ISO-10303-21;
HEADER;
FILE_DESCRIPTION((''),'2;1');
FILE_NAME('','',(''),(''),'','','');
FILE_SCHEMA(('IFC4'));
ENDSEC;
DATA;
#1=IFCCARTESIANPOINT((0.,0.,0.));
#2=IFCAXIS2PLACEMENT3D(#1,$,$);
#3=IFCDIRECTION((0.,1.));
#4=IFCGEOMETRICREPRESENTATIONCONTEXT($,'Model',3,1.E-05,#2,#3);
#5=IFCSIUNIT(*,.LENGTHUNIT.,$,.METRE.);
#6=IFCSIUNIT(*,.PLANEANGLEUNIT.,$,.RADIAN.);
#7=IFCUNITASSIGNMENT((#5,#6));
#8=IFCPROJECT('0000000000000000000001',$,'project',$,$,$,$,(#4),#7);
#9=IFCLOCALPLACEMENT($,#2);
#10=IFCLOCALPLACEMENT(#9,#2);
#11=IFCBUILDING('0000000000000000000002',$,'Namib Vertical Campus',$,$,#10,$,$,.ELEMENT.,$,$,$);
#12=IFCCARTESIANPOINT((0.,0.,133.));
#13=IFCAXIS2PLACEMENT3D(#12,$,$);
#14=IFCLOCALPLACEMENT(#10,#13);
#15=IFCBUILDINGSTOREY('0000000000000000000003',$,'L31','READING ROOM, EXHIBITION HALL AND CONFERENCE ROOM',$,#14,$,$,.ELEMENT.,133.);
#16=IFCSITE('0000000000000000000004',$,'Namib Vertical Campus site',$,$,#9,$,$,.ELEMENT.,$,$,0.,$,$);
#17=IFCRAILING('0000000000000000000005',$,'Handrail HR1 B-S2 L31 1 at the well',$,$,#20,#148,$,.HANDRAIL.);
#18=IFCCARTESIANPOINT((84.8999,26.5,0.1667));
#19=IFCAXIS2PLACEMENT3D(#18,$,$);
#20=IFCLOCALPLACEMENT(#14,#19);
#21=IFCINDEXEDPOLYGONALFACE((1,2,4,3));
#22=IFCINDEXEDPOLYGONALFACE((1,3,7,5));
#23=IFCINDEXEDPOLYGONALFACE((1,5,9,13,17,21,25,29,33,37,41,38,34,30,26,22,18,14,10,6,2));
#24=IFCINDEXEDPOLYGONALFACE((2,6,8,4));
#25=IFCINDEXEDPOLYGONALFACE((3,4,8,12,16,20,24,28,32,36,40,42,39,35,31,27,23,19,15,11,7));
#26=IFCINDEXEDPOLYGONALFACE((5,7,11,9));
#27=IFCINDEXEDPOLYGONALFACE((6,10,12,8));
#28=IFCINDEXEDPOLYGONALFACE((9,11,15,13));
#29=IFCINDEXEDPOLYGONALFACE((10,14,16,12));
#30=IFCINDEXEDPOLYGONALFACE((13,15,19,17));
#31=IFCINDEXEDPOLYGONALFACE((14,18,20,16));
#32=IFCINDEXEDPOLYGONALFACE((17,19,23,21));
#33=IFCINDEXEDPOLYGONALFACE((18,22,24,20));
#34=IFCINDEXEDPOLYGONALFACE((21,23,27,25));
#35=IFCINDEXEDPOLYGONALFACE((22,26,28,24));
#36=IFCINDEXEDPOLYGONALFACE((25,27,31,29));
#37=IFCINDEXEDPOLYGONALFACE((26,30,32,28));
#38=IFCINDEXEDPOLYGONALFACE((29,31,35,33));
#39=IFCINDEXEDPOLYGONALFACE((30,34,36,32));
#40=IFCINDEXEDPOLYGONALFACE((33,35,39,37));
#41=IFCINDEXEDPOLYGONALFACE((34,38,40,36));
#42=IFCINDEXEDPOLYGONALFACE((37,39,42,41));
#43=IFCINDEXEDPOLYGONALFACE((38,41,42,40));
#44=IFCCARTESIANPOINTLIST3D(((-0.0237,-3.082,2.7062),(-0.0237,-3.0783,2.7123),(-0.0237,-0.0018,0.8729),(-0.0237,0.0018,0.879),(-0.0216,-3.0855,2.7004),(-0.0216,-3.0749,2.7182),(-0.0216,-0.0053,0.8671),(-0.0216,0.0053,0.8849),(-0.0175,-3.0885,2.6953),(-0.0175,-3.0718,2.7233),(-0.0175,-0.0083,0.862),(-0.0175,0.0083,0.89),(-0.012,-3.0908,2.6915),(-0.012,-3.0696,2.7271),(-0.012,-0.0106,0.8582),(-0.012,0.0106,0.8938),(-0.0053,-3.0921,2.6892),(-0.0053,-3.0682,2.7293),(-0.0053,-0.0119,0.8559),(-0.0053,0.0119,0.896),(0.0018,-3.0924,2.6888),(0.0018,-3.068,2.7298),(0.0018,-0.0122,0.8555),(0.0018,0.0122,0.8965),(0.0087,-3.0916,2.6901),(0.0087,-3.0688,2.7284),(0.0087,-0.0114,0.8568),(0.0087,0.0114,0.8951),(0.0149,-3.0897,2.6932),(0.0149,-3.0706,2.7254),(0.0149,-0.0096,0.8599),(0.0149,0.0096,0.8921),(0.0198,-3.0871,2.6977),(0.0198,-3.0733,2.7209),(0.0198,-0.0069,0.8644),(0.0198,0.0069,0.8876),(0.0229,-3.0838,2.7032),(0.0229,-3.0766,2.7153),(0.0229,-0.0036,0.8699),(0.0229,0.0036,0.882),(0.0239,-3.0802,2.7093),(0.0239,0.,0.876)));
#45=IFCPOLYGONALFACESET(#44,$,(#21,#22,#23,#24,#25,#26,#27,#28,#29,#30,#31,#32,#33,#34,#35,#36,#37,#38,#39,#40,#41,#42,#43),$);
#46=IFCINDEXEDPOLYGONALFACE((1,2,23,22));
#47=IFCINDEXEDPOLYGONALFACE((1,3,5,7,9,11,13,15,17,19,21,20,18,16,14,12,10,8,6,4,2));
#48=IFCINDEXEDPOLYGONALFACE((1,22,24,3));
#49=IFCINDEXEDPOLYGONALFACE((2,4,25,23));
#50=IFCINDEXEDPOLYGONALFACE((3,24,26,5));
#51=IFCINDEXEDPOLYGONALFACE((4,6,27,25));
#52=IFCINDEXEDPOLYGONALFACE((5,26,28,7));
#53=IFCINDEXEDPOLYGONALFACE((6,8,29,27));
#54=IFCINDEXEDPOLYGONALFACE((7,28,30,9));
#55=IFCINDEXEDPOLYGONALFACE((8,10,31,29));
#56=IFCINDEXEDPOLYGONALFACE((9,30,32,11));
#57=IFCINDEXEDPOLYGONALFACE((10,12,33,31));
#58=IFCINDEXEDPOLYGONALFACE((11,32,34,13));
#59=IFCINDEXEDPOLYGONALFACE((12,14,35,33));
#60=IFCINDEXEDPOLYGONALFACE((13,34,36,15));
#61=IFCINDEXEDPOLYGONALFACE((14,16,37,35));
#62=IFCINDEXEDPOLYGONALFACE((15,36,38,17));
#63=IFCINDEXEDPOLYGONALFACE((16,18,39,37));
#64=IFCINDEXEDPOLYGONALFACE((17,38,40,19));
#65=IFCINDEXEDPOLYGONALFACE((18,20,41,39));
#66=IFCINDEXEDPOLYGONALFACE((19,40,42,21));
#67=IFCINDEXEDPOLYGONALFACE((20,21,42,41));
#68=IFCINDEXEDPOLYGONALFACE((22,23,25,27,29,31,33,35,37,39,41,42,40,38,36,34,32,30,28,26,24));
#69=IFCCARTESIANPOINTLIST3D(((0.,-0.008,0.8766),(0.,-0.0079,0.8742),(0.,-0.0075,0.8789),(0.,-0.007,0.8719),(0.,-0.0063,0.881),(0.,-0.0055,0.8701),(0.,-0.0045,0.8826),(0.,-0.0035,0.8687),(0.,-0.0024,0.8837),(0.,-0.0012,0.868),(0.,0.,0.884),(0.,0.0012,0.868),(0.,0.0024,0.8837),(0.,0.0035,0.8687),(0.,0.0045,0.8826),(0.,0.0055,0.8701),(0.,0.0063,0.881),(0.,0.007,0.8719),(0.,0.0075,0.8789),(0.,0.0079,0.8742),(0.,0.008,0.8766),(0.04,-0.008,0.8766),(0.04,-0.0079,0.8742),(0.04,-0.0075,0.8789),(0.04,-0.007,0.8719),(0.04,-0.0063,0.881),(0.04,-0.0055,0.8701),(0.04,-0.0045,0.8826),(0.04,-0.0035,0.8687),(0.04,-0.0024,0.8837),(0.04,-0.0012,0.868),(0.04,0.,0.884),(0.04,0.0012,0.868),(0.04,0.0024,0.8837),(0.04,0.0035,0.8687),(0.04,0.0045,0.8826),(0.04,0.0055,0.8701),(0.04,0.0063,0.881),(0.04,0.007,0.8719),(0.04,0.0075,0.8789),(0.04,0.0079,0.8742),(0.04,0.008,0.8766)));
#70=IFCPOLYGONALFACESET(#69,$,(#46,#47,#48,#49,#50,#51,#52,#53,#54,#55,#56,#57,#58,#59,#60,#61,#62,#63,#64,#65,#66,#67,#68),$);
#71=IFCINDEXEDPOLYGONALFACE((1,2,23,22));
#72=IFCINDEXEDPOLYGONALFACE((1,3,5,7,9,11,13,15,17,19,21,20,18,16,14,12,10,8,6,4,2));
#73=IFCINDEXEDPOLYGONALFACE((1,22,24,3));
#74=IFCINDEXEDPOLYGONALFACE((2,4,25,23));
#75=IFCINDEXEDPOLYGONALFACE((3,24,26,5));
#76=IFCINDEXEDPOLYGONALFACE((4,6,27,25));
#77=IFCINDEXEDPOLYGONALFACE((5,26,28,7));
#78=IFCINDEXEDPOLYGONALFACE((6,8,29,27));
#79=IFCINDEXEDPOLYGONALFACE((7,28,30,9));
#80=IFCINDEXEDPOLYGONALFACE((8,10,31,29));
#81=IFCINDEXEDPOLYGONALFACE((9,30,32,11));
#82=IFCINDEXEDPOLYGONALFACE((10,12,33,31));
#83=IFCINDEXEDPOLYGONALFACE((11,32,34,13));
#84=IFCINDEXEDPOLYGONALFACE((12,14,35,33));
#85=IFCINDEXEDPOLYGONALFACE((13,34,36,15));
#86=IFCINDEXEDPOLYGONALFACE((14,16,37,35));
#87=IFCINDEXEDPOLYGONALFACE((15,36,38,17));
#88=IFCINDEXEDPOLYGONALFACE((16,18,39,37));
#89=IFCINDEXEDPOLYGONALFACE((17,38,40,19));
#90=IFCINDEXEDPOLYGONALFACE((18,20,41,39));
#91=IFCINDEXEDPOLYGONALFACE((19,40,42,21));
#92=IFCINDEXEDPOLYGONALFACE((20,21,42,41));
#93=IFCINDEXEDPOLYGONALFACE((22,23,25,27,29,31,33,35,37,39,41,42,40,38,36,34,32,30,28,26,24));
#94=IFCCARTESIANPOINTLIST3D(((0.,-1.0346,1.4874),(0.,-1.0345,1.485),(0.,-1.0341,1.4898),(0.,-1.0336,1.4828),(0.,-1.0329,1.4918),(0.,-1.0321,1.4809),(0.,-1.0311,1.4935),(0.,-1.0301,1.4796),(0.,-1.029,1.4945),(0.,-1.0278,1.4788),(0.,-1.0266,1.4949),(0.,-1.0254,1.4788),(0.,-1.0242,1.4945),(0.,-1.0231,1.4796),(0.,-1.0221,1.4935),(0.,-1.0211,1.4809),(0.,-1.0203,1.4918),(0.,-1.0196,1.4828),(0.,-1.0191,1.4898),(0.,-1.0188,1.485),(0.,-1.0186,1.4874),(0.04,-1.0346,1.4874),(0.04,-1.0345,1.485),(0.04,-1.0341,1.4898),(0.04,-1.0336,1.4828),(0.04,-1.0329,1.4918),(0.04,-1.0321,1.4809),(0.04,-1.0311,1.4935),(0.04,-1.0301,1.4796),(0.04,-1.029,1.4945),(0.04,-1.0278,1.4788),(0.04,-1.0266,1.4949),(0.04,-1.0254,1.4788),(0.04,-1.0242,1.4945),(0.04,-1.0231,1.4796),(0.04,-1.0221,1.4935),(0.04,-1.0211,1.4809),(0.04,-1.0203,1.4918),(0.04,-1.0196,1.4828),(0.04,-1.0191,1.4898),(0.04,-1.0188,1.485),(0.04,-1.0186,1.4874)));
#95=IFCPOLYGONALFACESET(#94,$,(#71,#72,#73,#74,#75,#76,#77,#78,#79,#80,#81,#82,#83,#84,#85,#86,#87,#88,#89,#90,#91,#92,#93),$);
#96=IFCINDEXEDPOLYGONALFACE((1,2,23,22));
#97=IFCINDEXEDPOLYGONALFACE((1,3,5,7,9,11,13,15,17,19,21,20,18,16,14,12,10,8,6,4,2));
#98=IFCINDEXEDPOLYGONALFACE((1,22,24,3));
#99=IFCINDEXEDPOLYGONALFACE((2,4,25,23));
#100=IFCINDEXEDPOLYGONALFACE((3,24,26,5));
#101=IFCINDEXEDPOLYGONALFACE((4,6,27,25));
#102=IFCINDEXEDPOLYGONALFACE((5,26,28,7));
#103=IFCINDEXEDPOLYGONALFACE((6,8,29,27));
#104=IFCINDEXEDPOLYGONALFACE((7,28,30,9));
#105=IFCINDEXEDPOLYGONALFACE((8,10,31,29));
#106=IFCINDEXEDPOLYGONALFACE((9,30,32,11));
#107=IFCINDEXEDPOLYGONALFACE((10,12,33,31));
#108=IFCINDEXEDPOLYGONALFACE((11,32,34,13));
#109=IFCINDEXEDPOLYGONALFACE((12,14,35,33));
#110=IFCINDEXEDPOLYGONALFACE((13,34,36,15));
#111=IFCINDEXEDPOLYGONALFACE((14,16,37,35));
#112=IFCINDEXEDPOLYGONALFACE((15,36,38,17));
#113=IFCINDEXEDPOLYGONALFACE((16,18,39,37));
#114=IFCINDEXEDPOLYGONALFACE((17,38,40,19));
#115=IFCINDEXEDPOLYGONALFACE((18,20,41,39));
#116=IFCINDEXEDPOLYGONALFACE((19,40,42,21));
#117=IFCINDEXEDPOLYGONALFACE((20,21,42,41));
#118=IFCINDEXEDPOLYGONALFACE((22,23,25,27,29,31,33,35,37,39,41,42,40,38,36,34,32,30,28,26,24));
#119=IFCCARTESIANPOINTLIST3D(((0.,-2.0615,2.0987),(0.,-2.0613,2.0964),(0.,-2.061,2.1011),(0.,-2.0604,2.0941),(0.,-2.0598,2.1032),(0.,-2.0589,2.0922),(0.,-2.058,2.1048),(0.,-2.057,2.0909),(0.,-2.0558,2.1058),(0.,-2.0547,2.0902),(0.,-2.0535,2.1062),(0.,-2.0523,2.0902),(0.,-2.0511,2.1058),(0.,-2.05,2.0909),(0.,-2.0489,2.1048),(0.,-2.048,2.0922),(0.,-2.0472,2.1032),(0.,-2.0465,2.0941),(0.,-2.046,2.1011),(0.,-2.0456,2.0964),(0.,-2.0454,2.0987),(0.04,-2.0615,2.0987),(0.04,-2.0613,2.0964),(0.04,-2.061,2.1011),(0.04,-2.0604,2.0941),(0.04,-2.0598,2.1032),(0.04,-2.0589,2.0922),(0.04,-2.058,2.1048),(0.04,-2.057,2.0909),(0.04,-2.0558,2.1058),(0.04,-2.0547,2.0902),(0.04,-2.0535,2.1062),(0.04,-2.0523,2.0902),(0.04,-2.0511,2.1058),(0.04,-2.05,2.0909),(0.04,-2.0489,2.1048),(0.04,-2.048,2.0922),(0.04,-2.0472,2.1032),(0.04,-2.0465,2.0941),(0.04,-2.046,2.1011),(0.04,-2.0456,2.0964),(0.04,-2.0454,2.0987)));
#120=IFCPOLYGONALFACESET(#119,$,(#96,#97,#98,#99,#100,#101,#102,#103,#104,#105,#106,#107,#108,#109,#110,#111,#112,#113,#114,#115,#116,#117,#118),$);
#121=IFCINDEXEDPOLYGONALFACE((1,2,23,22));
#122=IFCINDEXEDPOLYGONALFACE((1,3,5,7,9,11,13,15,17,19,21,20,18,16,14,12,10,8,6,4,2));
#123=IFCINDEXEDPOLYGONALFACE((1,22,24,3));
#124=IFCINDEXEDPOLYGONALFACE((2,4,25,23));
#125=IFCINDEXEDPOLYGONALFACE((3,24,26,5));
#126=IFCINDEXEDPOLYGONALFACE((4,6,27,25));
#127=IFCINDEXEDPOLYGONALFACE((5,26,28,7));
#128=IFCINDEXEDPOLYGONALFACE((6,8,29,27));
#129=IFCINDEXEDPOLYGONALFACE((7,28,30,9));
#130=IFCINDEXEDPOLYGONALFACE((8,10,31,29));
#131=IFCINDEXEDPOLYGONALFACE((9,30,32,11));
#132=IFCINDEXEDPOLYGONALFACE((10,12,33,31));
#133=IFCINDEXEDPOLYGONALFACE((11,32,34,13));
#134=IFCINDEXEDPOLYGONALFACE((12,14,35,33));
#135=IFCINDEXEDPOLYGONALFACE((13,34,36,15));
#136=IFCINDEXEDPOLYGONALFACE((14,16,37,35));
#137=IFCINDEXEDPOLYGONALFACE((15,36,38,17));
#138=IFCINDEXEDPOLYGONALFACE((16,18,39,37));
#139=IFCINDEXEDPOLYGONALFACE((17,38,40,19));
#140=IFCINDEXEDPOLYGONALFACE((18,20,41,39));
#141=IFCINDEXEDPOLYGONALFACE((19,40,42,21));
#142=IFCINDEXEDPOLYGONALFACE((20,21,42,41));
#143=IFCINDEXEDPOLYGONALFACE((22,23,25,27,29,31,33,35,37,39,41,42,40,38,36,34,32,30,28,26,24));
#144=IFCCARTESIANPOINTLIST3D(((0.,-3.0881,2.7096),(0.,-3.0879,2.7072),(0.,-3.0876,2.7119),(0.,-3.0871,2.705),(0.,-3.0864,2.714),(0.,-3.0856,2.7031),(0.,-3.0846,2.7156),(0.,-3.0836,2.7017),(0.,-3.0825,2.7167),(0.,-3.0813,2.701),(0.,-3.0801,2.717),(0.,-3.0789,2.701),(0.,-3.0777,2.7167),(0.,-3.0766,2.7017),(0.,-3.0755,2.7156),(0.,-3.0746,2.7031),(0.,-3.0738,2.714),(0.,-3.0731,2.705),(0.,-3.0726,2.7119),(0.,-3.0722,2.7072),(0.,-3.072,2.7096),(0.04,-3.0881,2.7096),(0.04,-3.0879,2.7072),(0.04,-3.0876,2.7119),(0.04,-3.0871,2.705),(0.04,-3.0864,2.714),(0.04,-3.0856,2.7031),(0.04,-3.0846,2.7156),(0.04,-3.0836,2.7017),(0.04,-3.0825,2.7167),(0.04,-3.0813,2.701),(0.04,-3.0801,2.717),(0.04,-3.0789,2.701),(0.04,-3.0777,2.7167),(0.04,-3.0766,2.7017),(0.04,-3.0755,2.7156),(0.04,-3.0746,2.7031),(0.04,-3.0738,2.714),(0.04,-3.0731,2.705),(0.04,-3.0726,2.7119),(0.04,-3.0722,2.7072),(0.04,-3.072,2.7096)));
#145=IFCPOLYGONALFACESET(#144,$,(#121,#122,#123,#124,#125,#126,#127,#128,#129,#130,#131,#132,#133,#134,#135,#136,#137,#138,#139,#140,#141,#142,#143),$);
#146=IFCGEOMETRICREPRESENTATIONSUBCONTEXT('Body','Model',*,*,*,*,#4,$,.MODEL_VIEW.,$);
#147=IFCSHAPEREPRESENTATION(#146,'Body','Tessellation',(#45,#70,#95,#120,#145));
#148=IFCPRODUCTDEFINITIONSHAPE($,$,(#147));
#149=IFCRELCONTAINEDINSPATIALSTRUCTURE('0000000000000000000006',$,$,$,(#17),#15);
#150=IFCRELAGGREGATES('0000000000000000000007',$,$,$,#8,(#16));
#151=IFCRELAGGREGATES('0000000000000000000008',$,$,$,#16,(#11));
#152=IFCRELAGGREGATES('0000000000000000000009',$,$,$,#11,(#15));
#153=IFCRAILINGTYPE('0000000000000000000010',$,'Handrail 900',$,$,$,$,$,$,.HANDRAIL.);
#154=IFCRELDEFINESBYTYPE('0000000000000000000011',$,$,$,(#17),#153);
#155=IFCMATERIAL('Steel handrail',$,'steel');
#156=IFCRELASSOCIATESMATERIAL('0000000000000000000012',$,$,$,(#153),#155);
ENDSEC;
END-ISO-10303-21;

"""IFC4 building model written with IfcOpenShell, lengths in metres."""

from ifc_helpers import new_model, si_unit, direction, frame, origin, origin_2d, place, context, subcontext, project, spatial, circle, extrude, material, type_object, element, save


model = new_model("IFC4")

# Units and contexts
model_context = context("Model", 3, precision=1e-05, world=origin(), true_north=direction((0.0, 1.0)))
body_context = subcontext(model_context, "Body", "Model", "MODEL_VIEW")
ifc_project = project(units=[si_unit("LENGTHUNIT", "METRE"), si_unit("PLANEANGLEUNIT", "RADIAN")], contexts=[model_context])

# Site, building, storey
site_placement = place(None, origin())
site = spatial("IfcSite", under=ifc_project, at=site_placement, Name="Namib Vertical Campus site", CompositionType="ELEMENT", RefElevation=0.0)
building_placement = place(site_placement, origin())
building = spatial("IfcBuilding", under=site, at=building_placement, Name="Namib Vertical Campus", CompositionType="ELEMENT")
storey_placement = place(building_placement, frame((0.0, 0.0, 133.0)))
storey = spatial("IfcBuildingStorey", under=building, at=storey_placement, Name="L31", Description="READING ROOM, EXHIBITION HALL AND CONFERENCE ROOM", CompositionType="ELEMENT", Elevation=133.0)

# Railing
ifc_material_1 = material(Name="Steel handrail", Category="steel")
railing_type_1 = type_object("IfcRailingType", Name="Handrail 900", PredefinedType="HANDRAIL", material=ifc_material_1)
railing_1_placement = place(storey_placement, frame((84.8999, 26.5, 0.1667)))
element("IfcRailing", 1, at=railing_1_placement, inside=storey, type_object=railing_type_1, Name="Handrail HR1 B-S2 L31 1 at the well", PredefinedType="HANDRAIL", context=body_context, shape_type="SweptSolid", body=[
    extrude(circle(Radius=0.0239, at=origin_2d()), frame((0.0, 0.0, 0.876), z_axis=(0.0, -0.859309, 0.511458), x_axis=(1.0, 0.0, 0.0)), (0.0, 0.0, 1.0), 3.5845),
    extrude(circle(Radius=0.0081, at=origin_2d()), frame((0.0, 0.0, 0.876), z_axis=(1.0, 0.0, 0.0), x_axis=(0.0, 0.0, 1.0)), (0.0, 0.0, 1.0), 0.04),
    extrude(circle(Radius=0.0081, at=origin_2d()), frame((0.0, -1.0266, 1.4868), z_axis=(1.0, 0.0, 0.0), x_axis=(0.0, 0.0, 1.0)), (0.0, 0.0, 1.0), 0.04),
    extrude(circle(Radius=0.0081, at=origin_2d()), frame((0.0, -2.0535, 2.0981), z_axis=(1.0, 0.0, 0.0), x_axis=(0.0, 0.0, 1.0)), (0.0, 0.0, 1.0), 0.04),
    extrude(circle(Radius=0.0081, at=origin_2d()), frame((0.0, -3.0801, 2.709), z_axis=(1.0, 0.0, 0.0), x_axis=(0.0, 0.0, 1.0)), (0.0, 0.0, 1.0), 0.04),
])

save(model, "model.ifc")
